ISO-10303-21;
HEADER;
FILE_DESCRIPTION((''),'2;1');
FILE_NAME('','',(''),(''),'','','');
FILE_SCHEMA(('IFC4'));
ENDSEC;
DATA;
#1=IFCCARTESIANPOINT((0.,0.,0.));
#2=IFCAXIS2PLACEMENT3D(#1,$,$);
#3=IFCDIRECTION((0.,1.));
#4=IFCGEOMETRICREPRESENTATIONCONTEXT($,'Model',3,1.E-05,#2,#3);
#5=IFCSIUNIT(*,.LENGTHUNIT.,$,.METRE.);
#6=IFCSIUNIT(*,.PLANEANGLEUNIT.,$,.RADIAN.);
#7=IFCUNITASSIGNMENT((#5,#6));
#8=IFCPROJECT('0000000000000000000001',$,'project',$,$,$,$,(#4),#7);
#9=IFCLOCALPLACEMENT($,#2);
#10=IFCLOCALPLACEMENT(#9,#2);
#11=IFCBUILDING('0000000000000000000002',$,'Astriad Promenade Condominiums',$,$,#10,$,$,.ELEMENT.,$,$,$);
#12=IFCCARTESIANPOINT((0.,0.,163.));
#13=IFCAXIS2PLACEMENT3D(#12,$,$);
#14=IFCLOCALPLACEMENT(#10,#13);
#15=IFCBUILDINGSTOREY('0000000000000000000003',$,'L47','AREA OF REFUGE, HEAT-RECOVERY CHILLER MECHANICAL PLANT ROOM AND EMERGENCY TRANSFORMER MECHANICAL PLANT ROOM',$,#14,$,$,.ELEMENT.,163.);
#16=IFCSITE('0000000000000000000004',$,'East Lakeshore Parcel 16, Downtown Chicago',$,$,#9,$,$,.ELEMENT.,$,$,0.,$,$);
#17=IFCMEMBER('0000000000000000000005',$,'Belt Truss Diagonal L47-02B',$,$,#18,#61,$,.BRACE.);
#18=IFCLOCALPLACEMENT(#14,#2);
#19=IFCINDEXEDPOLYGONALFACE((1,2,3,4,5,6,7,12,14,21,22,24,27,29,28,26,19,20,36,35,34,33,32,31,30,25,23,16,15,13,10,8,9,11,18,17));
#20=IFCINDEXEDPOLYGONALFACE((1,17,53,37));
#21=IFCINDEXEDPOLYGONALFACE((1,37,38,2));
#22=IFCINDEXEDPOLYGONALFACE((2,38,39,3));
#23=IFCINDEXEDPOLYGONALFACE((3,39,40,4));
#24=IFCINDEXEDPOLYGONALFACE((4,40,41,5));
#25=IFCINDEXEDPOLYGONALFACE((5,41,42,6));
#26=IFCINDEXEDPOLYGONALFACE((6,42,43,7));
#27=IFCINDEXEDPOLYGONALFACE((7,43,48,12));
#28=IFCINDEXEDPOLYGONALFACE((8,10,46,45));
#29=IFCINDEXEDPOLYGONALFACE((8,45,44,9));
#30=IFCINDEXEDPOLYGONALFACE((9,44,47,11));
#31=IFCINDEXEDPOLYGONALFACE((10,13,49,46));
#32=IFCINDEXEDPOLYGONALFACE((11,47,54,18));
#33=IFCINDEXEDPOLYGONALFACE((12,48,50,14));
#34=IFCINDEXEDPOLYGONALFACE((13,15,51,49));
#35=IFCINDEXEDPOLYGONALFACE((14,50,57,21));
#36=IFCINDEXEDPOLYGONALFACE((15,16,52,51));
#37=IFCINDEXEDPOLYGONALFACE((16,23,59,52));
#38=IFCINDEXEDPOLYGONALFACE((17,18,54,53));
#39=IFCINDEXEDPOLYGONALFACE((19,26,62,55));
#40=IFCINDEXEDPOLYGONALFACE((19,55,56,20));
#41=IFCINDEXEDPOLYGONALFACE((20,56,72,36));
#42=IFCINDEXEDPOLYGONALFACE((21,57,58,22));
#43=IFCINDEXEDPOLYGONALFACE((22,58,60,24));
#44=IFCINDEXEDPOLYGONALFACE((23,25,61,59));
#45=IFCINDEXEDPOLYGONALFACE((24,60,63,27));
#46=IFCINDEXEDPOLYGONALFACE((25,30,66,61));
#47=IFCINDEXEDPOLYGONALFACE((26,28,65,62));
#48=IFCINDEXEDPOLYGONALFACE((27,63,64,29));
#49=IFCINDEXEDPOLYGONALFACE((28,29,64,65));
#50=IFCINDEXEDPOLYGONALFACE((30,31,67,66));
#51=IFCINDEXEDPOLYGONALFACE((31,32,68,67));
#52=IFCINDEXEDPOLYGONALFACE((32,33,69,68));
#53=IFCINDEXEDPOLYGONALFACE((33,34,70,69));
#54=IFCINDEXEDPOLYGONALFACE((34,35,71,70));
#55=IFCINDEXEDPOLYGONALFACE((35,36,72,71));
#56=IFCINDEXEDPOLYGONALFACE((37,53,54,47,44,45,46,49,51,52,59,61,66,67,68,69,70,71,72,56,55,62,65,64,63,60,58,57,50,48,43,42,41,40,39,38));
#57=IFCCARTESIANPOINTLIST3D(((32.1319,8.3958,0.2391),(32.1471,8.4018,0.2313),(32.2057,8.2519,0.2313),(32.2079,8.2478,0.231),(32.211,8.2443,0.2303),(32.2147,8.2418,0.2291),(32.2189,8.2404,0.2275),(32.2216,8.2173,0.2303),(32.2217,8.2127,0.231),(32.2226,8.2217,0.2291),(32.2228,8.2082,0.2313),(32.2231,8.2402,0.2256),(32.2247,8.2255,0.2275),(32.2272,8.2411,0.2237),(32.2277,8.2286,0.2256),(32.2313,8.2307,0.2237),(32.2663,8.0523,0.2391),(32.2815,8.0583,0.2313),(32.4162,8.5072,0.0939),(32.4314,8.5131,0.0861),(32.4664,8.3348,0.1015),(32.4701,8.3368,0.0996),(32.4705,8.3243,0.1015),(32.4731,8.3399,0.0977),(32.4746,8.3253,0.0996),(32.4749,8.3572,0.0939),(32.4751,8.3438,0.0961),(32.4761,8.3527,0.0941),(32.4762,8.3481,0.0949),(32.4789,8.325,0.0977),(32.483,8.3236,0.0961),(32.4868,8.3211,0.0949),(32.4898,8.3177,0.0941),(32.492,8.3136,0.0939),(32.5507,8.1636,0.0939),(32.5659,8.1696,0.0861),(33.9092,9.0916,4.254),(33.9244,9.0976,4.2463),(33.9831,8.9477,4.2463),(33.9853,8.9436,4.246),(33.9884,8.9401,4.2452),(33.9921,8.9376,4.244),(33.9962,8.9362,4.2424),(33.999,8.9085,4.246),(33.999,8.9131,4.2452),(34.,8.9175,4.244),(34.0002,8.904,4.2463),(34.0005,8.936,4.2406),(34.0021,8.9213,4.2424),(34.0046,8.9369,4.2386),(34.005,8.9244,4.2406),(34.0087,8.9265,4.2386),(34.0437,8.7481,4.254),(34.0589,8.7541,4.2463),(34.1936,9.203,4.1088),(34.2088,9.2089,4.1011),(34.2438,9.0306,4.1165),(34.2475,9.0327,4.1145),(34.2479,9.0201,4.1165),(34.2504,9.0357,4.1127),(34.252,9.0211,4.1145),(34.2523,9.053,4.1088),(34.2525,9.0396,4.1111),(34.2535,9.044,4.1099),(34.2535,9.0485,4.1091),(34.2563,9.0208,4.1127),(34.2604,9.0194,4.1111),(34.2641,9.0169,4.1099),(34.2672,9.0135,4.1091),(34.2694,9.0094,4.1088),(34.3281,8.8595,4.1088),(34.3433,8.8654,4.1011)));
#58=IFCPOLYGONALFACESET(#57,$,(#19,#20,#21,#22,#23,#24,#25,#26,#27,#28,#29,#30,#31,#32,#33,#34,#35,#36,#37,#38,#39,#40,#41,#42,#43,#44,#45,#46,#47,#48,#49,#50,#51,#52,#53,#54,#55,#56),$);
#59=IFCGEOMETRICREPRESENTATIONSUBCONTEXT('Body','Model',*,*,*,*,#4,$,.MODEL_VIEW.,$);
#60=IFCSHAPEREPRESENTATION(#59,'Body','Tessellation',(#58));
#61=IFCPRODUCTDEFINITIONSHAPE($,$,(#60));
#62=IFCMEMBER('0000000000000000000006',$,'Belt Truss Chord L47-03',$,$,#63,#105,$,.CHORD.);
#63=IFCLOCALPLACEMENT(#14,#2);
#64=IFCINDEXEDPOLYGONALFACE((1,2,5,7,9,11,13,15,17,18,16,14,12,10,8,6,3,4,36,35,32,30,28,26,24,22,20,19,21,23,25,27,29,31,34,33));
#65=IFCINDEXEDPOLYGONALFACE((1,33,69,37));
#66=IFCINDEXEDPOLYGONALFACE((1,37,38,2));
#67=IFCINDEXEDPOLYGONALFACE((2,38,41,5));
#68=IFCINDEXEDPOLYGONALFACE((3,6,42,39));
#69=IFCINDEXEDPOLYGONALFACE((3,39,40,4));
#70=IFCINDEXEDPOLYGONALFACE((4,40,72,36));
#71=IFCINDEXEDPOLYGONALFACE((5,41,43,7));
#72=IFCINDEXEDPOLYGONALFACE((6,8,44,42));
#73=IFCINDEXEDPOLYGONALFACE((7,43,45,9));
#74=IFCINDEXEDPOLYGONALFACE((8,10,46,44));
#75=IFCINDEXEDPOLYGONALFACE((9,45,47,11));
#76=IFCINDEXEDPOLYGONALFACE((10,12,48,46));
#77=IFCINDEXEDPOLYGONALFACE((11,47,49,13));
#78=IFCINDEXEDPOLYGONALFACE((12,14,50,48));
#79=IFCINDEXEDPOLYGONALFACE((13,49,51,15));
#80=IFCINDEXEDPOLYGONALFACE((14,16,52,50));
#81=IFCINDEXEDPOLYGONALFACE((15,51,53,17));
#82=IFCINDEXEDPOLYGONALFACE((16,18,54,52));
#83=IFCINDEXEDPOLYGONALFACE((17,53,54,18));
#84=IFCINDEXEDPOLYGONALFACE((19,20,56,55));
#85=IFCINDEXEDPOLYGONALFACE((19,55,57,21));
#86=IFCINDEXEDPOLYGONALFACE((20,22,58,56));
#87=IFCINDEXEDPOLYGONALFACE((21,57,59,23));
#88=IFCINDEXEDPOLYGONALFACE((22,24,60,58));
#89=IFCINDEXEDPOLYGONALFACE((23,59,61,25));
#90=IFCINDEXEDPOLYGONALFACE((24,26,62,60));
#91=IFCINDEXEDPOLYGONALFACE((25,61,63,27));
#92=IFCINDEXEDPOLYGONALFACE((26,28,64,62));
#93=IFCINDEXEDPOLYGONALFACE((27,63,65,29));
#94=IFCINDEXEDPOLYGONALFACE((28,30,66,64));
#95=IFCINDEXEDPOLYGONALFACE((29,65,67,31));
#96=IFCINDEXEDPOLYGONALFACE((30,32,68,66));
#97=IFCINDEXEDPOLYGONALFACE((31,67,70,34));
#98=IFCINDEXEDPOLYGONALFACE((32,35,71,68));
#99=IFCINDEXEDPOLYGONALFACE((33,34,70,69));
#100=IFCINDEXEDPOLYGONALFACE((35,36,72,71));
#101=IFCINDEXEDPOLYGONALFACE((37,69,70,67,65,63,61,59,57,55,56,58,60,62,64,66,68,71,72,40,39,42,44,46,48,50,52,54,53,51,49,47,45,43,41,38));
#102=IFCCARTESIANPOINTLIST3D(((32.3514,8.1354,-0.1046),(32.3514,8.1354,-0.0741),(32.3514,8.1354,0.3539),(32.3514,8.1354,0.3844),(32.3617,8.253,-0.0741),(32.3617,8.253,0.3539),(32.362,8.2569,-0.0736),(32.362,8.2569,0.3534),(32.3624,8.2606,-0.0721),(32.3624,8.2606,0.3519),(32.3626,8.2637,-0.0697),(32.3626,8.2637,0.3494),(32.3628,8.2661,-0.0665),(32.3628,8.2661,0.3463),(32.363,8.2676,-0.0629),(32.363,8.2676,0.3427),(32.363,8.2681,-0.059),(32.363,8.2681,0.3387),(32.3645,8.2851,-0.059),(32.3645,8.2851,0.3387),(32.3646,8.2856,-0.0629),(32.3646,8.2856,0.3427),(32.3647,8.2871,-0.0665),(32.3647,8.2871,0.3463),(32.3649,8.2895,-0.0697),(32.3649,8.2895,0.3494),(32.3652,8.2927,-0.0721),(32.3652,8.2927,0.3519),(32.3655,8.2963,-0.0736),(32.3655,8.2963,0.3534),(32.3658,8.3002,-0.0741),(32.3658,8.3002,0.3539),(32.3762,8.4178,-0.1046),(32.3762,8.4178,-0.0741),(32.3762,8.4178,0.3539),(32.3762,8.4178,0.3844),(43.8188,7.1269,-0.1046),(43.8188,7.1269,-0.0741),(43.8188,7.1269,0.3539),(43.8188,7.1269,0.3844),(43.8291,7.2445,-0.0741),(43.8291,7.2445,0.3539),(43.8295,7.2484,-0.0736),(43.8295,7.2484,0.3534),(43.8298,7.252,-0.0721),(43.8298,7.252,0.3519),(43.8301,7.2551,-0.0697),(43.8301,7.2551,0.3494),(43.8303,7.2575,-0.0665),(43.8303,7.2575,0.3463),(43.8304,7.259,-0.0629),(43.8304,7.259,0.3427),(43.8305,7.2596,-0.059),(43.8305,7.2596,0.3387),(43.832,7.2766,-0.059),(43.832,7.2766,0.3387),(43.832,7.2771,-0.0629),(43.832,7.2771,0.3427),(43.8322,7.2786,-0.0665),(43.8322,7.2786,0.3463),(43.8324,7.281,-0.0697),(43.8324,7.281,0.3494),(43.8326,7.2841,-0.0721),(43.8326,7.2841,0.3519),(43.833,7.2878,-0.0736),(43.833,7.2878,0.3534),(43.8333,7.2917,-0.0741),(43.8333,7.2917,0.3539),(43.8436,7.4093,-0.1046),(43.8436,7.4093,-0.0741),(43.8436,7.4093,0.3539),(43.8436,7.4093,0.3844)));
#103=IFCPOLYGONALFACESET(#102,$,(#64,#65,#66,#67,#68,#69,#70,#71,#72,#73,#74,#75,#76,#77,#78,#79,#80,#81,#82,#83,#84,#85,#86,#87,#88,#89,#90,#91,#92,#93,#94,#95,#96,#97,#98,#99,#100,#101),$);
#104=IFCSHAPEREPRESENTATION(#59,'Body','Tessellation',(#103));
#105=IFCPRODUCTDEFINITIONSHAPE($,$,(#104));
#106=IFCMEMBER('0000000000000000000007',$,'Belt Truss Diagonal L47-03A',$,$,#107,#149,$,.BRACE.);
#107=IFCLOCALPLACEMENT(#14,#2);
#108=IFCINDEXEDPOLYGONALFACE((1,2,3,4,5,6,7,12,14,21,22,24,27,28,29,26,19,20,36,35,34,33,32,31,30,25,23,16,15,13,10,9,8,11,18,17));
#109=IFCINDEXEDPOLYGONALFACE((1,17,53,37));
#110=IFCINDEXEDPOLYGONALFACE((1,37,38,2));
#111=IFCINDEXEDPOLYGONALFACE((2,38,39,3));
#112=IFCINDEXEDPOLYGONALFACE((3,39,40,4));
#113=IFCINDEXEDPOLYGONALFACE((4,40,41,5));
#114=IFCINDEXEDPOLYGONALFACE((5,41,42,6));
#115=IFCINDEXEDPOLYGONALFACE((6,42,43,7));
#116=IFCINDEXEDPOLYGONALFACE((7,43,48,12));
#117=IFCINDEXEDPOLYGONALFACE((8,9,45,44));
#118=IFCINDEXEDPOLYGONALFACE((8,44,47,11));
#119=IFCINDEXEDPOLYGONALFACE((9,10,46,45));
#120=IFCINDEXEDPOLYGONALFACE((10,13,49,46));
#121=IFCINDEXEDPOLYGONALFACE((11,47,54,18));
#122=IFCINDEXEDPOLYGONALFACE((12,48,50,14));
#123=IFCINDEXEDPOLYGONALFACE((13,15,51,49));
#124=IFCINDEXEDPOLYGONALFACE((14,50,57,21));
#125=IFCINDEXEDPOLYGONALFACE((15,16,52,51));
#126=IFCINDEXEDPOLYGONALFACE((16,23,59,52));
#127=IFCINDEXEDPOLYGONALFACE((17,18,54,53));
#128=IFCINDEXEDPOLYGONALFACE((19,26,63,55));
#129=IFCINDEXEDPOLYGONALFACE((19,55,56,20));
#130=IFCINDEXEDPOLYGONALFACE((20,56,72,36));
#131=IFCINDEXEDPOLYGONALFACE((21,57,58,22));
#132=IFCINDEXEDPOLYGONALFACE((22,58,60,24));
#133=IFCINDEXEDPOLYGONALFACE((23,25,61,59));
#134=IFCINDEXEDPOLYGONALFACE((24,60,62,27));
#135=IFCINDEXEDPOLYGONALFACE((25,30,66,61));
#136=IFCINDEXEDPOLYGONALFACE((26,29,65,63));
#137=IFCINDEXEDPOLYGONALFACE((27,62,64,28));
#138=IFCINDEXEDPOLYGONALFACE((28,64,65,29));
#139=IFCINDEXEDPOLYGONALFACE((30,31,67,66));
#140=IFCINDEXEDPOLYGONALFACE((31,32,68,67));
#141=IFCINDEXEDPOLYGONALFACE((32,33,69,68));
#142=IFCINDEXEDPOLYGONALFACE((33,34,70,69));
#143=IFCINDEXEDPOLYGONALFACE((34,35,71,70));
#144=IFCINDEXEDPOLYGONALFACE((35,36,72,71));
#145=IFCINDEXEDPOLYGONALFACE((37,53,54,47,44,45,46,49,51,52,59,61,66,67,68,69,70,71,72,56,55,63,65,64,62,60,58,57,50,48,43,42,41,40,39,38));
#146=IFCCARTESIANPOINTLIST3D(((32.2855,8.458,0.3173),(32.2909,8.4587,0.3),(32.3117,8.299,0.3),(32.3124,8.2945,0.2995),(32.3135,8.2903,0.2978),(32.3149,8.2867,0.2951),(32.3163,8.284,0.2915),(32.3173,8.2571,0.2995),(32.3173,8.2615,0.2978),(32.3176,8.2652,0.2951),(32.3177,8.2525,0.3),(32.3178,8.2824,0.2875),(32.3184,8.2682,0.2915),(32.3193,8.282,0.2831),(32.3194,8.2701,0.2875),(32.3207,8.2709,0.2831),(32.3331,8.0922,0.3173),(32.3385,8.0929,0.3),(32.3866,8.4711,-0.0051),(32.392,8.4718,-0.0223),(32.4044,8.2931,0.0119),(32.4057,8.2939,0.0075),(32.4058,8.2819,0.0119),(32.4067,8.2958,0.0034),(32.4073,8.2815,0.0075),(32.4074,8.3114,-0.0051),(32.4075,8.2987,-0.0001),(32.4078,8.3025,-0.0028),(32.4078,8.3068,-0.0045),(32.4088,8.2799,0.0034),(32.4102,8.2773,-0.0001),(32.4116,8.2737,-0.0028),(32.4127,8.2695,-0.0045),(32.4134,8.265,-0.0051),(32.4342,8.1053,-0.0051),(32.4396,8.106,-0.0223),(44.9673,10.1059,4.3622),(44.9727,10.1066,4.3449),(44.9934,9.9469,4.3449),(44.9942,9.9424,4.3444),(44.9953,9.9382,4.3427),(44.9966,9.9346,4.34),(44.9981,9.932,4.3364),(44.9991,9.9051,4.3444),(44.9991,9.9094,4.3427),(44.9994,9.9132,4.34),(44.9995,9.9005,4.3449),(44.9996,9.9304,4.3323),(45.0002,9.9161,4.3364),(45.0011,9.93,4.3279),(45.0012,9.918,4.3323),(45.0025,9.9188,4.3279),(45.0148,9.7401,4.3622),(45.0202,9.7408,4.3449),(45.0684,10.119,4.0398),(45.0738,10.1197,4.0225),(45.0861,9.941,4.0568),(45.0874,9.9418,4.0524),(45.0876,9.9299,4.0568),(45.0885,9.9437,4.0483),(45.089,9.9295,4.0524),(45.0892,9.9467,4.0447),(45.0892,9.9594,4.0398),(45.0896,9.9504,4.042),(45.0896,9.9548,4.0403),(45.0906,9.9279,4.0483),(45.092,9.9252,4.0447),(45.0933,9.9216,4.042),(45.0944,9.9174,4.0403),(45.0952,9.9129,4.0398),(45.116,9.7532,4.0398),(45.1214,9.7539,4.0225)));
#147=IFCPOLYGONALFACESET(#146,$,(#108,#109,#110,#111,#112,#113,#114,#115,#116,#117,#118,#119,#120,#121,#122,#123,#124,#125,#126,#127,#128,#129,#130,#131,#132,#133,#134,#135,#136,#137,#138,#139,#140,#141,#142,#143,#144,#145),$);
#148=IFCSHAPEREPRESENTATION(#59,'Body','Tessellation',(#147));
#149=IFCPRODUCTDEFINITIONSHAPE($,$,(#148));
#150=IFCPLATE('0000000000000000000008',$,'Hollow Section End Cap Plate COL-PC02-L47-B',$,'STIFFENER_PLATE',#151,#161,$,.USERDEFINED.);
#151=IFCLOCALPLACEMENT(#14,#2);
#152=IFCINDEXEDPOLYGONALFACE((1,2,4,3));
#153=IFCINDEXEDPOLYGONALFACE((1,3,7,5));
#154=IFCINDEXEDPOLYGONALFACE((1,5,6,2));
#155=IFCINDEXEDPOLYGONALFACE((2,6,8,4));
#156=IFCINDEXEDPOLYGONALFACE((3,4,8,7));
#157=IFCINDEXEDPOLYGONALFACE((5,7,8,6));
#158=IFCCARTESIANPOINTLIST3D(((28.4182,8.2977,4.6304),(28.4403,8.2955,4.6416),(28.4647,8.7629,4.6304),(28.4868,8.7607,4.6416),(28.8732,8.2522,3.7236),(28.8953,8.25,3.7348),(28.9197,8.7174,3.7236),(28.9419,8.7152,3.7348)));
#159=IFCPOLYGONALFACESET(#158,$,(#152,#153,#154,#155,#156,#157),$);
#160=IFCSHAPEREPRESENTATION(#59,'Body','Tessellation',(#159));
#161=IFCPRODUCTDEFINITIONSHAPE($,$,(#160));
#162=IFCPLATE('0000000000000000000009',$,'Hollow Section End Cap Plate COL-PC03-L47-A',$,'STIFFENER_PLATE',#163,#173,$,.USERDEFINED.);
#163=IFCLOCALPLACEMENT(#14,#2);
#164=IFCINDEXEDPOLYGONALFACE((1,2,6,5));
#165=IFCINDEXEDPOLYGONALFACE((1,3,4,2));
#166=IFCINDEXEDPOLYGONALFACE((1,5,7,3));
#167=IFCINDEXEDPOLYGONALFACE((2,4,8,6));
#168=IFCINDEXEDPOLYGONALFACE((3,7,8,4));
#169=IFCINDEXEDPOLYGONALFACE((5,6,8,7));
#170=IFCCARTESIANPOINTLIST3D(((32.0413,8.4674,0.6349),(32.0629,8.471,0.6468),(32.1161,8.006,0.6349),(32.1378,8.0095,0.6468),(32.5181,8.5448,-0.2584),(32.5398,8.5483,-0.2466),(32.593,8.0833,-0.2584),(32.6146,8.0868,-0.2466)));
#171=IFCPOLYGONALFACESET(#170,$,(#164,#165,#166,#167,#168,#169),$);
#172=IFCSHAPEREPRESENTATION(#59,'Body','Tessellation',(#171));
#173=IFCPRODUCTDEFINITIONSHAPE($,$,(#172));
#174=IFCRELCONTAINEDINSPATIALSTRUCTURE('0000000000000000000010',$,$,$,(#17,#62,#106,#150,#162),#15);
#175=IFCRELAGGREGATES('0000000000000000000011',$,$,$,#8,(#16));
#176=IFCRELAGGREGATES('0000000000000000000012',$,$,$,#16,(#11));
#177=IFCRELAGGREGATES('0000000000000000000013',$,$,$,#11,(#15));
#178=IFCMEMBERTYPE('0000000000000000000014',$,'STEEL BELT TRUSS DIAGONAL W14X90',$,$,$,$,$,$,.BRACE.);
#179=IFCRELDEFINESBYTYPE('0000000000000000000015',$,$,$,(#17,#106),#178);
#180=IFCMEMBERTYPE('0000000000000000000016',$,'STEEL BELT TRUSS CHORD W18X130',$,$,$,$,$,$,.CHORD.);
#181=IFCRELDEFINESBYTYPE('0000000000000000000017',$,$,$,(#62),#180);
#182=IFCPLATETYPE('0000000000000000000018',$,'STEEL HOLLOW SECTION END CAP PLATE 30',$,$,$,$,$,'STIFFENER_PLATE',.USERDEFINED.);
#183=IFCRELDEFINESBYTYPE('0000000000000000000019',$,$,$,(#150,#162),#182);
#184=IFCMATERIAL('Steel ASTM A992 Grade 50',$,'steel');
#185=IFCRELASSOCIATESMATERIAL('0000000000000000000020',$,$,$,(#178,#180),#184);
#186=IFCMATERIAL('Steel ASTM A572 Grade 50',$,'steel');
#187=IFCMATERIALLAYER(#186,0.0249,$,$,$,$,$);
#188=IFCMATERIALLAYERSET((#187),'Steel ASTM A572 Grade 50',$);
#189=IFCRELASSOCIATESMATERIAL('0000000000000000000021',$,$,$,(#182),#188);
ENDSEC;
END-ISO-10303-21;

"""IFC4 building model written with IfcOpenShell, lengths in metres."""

from ifc_helpers import new_model, si_unit, direction, frame, origin, origin_2d, place, context, subcontext, project, spatial, rectangle, i_section, extrude, source, transform, mapped, material, layer, layer_set, material_profile, profile_set, type_object, type_shapes, element, save


model = new_model("IFC4")

# Units and contexts
model_context = context("Model", 3, precision=1e-05, world=origin(), true_north=direction((0.0, 1.0)))
body_context = subcontext(model_context, "Body", "Model", "MODEL_VIEW")
ifc_project = project(units=[si_unit("LENGTHUNIT", "METRE"), si_unit("PLANEANGLEUNIT", "RADIAN")], contexts=[model_context])

# Site, building, storey
site_placement = place(None, origin())
site = spatial("IfcSite", under=ifc_project, at=site_placement, Name="East Lakeshore Parcel 16, Downtown Chicago", CompositionType="ELEMENT", RefElevation=0.0)
building_placement = place(site_placement, origin())
building = spatial("IfcBuilding", under=site, at=building_placement, Name="Astriad Promenade Condominiums", CompositionType="ELEMENT")
storey_placement = place(building_placement, frame((0.0, 0.0, 163.0)))
storey = spatial("IfcBuildingStorey", under=building, at=storey_placement, Name="L47", Description="AREA OF REFUGE, HEAT-RECOVERY CHILLER MECHANICAL PLANT ROOM AND EMERGENCY TRANSFORMER MECHANICAL PLANT ROOM", CompositionType="ELEMENT", Elevation=163.0)

# Shared definitions
ifc_material_1 = material(Name="Steel ASTM A992 Grade 50", Category="steel")

# Members
ifc_material_profile_1 = material_profile(ifc_material_1, i_section(OverallWidth=0.3689, OverallDepth=0.3562, WebThickness=0.0112, FlangeThickness=0.0181, FilletRadius=0.0178, at=origin_2d()), Name="W14X90")
ifc_profile_set_1 = profile_set([ifc_material_profile_1], Name="Steel ASTM A992 Grade 50")
member_type_1 = type_object("IfcMemberType", Name="STEEL BELT TRUSS DIAGONAL W14X90", PredefinedType="BRACE", material=ifc_profile_set_1)
shared_shape_1 = source(origin(), body_context, "Body", "SweptSolid", [
    extrude(i_section(OverallWidth=0.3689, OverallDepth=0.3562, WebThickness=0.0112, FlangeThickness=0.0181, FilletRadius=0.0178, at=origin_2d()), origin(), (0.0, 0.0, 1.0), 4.4456),
])
member_1_placement = place(storey_placement, frame((32.3489, 8.2827, 0.1626), z_axis=(0.399808, 0.156518, 0.903137), x_axis=(-0.364544, 0.931186, 0.0)))
element("IfcMember", 1, at=member_1_placement, inside=storey, type_object=member_type_1, Name="Belt Truss Diagonal L47-02B", PredefinedType="BRACE", context=body_context, shape_type="MappedRepresentation", body=[
    mapped(shared_shape_1, transform((0.0, 0.0, 0.0), scale=1.0)),
])
ifc_material_profile_2 = material_profile(ifc_material_1, i_section(OverallWidth=0.2834, OverallDepth=0.489, WebThickness=0.0171, FlangeThickness=0.0305, FilletRadius=0.0151, at=origin_2d()), Name="W18X130")
ifc_profile_set_2 = profile_set([ifc_material_profile_2], Name="Steel ASTM A992 Grade 50")
member_type_2 = type_object("IfcMemberType", Name="STEEL BELT TRUSS CHORD W18X130", PredefinedType="CHORD", material=ifc_profile_set_2)
shared_shape_2 = source(origin(), body_context, "Body", "SweptSolid", [
    extrude(i_section(OverallWidth=0.2834, OverallDepth=0.489, WebThickness=0.0171, FlangeThickness=0.0305, FilletRadius=0.0151, at=origin_2d()), origin(), (0.0, 0.0, 1.0), 11.5117),
])
type_shapes(member_type_2, [shared_shape_2])
member_2_placement = place(storey_placement, frame((32.3638, 8.2766, 0.1399), z_axis=(0.996155, -0.08761, 0.0), x_axis=(0.08761, 0.996155, 0.0)))
element("IfcMember", 2, at=member_2_placement, inside=storey, type_object=member_type_2, Name="Belt Truss Chord L47-03", PredefinedType="CHORD", context=body_context, shape_type="MappedRepresentation", body=[
    mapped(shared_shape_2, transform((0.0, 0.0, 0.0), scale=1.0)),
])
shared_shape_3 = source(origin(), body_context, "Body", "SweptSolid", [
    extrude(i_section(OverallWidth=0.3689, OverallDepth=0.3562, WebThickness=0.0112, FlangeThickness=0.0181, FilletRadius=0.0178, at=origin_2d()), origin(), (0.0, 0.0, 1.0), 13.4128),
])
type_shapes(member_type_1, [shared_shape_1, shared_shape_3])
member_3_placement = place(storey_placement, frame((32.3625, 8.282, 0.1475), z_axis=(0.945495, 0.122863, 0.301568), x_axis=(-0.128862, 0.991663, 0.0)))
element("IfcMember", 3, at=member_3_placement, inside=storey, type_object=member_type_1, Name="Belt Truss Diagonal L47-03A", PredefinedType="BRACE", context=body_context, shape_type="MappedRepresentation", body=[
    mapped(shared_shape_3, transform((0.0, 0.0, 0.0), scale=1.0)),
])

# Plates
ifc_material_2 = material(Name="Steel ASTM A572 Grade 50", Category="steel")
ifc_layer_1 = layer(ifc_material_2, 0.0249)
ifc_layer_set_1 = layer_set([ifc_layer_1], Name="Steel ASTM A572 Grade 50")
plate_type = type_object("IfcPlateType", Name="STEEL HOLLOW SECTION END CAP PLATE 30", ElementType="STIFFENER_PLATE", PredefinedType="USERDEFINED", material=ifc_layer_set_1)
shared_shape_4 = source(origin(), body_context, "Body", "SweptSolid", [
    extrude(rectangle(XDim=0.4675, YDim=1.0156, at=origin_2d()), origin(), (0.0, 0.0, 1.0), 0.0249),
])
type_shapes(plate_type, [shared_shape_4])
for number, where, z_axis, x_axis, name in (
    (4, (28.6689, 8.5076, 4.177), (0.888455, -0.08884, 0.450283), (0.099497, 0.995038, 0.0), "Hollow Section End Cap Plate COL-PC02-L47-B"),
    (5, (32.3171, 8.2754, 0.1882), (0.868262, 0.140888, 0.475681), (-0.160169, 0.98709, 0.0), "Hollow Section End Cap Plate COL-PC03-L47-A"),
):
    element("IfcPlate", number, at=place(storey_placement, frame(where, z_axis=z_axis, x_axis=x_axis)), inside=storey, type_object=plate_type, Name=name, ObjectType="STIFFENER_PLATE", PredefinedType="USERDEFINED", context=body_context, shape_type="MappedRepresentation", body=[
        mapped(shared_shape_4, transform((0.0, 0.0, 0.0), scale=1.0)),
    ])

save(model, "model.ifc")
